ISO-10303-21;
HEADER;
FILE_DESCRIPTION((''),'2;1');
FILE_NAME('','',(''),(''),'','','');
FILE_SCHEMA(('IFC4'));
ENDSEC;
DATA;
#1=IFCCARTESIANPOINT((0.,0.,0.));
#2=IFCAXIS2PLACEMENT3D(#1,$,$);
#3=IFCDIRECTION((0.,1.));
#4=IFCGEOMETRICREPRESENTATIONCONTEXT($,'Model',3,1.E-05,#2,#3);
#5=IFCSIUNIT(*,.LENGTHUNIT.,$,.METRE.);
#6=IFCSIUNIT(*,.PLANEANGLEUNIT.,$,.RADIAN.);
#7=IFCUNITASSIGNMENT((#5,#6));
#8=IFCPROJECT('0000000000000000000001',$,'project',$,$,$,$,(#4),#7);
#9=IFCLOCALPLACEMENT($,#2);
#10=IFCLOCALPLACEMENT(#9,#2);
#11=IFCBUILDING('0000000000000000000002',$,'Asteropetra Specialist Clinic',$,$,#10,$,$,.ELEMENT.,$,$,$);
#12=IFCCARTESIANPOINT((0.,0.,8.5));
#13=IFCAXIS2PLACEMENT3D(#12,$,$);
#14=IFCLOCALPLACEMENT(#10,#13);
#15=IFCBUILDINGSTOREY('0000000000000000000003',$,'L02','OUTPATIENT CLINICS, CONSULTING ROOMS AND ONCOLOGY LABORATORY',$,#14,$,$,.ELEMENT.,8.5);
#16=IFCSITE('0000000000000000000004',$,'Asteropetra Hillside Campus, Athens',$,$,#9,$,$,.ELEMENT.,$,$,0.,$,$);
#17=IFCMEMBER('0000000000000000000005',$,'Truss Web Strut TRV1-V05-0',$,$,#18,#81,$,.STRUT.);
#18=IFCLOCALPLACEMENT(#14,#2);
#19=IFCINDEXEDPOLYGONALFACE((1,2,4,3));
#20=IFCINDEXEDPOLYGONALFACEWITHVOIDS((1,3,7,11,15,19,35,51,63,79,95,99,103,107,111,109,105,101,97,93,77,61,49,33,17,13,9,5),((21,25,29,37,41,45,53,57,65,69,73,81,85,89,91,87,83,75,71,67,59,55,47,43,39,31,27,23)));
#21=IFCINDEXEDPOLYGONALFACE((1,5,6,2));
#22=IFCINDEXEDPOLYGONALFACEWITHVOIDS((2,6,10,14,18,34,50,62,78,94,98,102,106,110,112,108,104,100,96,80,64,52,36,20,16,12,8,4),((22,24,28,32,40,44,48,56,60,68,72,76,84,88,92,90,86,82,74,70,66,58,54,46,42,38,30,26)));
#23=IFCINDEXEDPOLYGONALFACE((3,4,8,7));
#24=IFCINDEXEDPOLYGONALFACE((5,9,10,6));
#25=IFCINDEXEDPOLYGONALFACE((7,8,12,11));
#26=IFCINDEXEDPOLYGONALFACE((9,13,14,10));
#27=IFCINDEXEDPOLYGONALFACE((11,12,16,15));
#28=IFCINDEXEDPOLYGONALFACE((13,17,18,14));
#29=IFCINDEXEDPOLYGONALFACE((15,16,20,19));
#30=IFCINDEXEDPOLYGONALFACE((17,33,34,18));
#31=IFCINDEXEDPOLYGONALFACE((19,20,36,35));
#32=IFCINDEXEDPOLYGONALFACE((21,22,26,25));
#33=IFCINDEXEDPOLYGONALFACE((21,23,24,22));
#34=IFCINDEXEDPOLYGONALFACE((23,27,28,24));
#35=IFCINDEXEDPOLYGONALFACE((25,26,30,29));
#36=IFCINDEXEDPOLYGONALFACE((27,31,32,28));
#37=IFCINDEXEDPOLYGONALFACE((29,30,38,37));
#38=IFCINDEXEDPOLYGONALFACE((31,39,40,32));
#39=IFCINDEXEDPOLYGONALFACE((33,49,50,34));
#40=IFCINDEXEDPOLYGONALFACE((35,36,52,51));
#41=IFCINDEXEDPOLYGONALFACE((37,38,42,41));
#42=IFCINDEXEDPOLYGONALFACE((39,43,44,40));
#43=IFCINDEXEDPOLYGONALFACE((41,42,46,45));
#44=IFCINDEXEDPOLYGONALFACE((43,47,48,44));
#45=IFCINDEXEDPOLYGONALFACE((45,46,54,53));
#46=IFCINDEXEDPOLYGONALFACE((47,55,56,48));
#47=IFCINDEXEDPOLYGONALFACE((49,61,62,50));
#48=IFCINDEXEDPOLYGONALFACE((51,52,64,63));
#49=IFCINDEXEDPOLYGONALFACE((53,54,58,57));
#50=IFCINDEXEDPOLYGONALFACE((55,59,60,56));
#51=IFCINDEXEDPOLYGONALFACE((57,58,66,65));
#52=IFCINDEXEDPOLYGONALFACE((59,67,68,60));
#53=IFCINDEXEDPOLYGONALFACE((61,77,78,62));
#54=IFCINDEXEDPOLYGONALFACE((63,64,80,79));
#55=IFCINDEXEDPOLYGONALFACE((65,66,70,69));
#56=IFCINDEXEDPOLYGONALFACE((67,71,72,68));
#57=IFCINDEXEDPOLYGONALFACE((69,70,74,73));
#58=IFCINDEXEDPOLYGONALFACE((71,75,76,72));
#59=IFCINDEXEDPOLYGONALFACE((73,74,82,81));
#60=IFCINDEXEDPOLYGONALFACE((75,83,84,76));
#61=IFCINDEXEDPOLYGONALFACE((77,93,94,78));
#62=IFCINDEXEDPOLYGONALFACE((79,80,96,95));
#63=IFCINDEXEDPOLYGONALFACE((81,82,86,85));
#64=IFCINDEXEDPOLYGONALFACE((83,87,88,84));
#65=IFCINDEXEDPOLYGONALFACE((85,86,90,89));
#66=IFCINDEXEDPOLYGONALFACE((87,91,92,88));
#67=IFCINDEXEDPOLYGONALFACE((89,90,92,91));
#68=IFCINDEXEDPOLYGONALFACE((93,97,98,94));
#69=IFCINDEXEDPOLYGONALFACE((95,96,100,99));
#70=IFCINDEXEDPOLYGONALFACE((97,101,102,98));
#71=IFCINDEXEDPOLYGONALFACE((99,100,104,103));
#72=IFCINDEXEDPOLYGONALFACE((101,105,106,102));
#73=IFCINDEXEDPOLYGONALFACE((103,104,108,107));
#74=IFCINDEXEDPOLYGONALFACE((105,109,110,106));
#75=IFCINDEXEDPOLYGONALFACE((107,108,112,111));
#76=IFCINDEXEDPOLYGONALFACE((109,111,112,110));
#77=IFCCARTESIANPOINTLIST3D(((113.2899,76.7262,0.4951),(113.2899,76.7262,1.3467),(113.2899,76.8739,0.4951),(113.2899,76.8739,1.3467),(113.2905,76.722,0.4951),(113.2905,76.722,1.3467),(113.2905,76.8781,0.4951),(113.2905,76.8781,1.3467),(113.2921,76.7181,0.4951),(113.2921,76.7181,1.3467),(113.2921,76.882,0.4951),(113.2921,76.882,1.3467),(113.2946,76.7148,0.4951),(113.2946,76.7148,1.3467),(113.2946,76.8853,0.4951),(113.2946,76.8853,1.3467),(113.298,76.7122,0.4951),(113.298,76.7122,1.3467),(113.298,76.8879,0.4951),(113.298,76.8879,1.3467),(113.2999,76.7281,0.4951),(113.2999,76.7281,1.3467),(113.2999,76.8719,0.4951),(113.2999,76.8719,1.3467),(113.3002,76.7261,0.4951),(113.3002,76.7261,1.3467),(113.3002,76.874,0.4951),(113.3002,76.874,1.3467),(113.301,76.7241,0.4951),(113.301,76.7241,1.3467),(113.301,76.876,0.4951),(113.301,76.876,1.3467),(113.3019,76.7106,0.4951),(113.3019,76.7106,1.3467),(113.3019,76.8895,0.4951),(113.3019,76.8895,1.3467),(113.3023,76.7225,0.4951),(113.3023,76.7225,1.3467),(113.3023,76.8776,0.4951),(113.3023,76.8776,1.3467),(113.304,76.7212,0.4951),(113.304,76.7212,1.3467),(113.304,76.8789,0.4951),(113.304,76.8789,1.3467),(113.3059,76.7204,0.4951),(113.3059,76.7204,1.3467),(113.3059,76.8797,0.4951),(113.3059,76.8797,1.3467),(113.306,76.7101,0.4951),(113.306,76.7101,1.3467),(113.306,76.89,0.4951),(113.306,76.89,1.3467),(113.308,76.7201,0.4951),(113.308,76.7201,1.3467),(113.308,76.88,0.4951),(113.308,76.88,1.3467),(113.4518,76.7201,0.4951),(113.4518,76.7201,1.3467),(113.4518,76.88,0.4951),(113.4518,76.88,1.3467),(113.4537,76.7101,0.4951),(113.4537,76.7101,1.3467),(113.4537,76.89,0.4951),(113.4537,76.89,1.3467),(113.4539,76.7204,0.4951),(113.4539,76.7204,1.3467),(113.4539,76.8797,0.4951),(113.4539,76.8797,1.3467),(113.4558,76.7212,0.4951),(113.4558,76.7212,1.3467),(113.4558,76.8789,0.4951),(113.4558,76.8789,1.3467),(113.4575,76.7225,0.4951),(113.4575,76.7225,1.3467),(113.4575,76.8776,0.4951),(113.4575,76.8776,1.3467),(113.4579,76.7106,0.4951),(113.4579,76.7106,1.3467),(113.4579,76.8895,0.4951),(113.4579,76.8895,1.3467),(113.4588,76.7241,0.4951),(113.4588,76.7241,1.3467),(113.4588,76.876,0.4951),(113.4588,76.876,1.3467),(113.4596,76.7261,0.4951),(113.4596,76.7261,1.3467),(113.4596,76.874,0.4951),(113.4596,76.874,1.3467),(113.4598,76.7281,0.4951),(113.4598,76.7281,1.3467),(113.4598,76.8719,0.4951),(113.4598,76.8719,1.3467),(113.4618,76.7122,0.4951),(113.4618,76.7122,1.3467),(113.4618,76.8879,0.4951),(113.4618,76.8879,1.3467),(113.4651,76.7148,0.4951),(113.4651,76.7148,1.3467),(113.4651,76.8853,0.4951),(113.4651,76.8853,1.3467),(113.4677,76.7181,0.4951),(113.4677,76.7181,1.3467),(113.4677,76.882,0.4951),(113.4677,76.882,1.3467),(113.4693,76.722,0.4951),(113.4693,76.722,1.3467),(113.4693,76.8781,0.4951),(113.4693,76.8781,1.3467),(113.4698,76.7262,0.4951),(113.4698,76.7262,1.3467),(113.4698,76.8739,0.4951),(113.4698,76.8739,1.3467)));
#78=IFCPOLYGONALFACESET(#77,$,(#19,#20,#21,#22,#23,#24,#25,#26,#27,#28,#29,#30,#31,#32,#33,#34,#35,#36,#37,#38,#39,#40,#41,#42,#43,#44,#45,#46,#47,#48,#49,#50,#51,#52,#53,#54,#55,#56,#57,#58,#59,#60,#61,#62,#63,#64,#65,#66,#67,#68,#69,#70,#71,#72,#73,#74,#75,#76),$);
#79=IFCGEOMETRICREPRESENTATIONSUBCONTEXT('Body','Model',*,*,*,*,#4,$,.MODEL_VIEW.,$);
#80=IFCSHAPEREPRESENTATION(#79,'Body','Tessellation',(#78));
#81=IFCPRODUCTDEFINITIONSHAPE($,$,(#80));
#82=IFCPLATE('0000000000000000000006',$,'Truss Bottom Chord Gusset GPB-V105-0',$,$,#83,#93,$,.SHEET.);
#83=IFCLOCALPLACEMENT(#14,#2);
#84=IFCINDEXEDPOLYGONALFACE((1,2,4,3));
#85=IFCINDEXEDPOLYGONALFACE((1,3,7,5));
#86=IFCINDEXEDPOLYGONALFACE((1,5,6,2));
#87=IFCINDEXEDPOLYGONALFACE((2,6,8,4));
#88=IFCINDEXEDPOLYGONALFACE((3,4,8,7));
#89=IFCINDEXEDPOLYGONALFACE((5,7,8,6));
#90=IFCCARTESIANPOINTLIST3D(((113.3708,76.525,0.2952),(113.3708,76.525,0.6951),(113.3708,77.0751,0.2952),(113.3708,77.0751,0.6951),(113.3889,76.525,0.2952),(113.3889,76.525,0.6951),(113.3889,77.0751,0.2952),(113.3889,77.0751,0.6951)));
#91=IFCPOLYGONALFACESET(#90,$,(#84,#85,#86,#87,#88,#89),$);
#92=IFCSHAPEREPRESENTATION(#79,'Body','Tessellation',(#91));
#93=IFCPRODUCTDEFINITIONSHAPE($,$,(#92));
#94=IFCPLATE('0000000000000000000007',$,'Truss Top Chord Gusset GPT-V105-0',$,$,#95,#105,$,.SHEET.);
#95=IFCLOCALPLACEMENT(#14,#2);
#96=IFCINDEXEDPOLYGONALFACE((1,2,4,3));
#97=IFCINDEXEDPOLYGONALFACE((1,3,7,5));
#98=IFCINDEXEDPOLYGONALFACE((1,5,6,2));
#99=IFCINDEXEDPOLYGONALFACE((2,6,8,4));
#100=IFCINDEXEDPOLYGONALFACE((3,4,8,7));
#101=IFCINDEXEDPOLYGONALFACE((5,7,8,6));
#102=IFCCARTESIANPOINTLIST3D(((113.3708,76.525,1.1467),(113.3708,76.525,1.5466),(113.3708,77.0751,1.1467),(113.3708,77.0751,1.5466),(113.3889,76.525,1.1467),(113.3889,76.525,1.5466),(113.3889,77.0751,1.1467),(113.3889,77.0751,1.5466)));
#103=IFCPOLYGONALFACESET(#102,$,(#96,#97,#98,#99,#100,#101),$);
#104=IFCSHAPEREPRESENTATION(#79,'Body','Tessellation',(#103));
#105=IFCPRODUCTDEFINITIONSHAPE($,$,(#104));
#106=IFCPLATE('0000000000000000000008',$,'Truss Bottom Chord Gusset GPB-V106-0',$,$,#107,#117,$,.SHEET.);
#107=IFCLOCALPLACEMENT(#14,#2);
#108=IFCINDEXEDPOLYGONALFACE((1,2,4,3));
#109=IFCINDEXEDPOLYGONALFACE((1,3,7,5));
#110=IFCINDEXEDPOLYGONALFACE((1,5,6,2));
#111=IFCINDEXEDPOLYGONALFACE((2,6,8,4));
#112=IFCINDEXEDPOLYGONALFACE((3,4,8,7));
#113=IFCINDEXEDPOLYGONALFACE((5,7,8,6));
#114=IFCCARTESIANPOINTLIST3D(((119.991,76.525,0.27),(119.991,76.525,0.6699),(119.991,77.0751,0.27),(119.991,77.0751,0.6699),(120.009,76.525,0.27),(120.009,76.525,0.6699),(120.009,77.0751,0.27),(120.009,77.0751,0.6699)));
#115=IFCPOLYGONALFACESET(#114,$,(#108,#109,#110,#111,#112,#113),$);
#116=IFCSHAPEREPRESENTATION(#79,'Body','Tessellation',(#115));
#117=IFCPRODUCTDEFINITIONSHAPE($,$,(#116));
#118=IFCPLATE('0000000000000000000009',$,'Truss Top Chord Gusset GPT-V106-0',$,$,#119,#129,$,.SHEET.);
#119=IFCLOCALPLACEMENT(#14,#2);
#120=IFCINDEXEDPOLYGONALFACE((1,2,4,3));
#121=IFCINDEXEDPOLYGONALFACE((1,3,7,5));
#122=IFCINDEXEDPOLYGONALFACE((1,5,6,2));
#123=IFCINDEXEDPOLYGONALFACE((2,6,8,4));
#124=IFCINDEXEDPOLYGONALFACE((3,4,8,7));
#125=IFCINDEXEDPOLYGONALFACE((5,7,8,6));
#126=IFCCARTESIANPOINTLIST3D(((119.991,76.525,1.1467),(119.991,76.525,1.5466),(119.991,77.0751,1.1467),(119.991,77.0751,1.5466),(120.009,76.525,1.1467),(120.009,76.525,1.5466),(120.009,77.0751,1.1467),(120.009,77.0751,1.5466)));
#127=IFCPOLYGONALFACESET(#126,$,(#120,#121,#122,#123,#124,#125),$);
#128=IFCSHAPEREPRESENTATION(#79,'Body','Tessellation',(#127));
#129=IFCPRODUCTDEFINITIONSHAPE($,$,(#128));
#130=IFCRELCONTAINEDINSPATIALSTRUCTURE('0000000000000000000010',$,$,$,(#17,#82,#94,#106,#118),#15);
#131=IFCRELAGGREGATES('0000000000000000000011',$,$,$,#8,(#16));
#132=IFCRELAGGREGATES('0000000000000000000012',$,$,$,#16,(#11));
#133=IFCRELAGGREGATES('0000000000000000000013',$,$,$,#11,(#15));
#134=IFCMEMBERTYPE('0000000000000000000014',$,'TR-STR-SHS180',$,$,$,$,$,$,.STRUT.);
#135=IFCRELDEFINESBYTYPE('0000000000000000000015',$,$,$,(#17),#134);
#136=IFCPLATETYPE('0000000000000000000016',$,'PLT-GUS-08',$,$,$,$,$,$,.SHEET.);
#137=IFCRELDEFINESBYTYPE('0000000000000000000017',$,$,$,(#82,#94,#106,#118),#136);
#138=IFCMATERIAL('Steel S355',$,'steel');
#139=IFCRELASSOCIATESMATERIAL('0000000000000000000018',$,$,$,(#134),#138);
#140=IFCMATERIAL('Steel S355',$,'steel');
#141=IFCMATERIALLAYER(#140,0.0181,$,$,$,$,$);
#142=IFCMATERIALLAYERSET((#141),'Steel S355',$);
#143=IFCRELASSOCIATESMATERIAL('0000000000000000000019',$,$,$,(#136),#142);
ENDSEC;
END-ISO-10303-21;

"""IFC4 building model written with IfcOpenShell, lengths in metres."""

from ifc_helpers import new_model, si_unit, direction, frame, origin, origin_2d, place, context, subcontext, project, spatial, rectangle, hollow_rectangle, extrude, material, layer, layer_set, material_profile, profile_set, type_object, element, save


model = new_model("IFC4")

# Units and contexts
model_context = context("Model", 3, precision=1e-05, world=origin(), true_north=direction((0.0, 1.0)))
body_context = subcontext(model_context, "Body", "Model", "MODEL_VIEW")
ifc_project = project(units=[si_unit("LENGTHUNIT", "METRE"), si_unit("PLANEANGLEUNIT", "RADIAN")], contexts=[model_context])

# Site, building, storey
site_placement = place(None, origin())
site = spatial("IfcSite", under=ifc_project, at=site_placement, Name="Asteropetra Hillside Campus, Athens", CompositionType="ELEMENT", RefElevation=0.0)
building_placement = place(site_placement, origin())
building = spatial("IfcBuilding", under=site, at=building_placement, Name="Asteropetra Specialist Clinic", CompositionType="ELEMENT")
storey_placement = place(building_placement, frame((0.0, 0.0, 8.5)))
storey = spatial("IfcBuildingStorey", under=building, at=storey_placement, Name="L02", Description="OUTPATIENT CLINICS, CONSULTING ROOMS AND ONCOLOGY LABORATORY", CompositionType="ELEMENT", Elevation=8.5)

# Member
ifc_material_1 = material(Name="Steel S355", Category="steel")
ifc_material_profile_1 = material_profile(ifc_material_1, hollow_rectangle(XDim=0.1799, YDim=0.1799, WallThickness=0.01, InnerFilletRadius=0.0081, OuterFilletRadius=0.0161, at=origin_2d()), Name="SHS 180x180x10.0")
ifc_profile_set_1 = profile_set([ifc_material_profile_1], Name="Steel S355")
member_type_1 = type_object("IfcMemberType", Name="TR-STR-SHS180", PredefinedType="STRUT", material=ifc_profile_set_1)
member_1_placement = place(storey_placement, frame((113.3799, 76.8, 0.4951), z_axis=(0.0, 0.0, 1.0), x_axis=(1.0, 0.0, 0.0)))
element("IfcMember", 1, at=member_1_placement, inside=storey, type_object=member_type_1, Name="Truss Web Strut TRV1-V05-0", PredefinedType="STRUT", context=body_context, shape_type="SweptSolid", body=[
    extrude(hollow_rectangle(XDim=0.1799, YDim=0.1799, WallThickness=0.01, InnerFilletRadius=0.0081, OuterFilletRadius=0.0161, at=origin_2d()), origin(), (0.0, 0.0, 1.0), 0.8516),
])

# Plates
ifc_material_2 = material(Name="Steel S355", Category="steel")
ifc_layer = layer(ifc_material_2, 0.0181)
ifc_layer_set = layer_set([ifc_layer], Name="Steel S355")
plate_type = type_object("IfcPlateType", Name="PLT-GUS-08", PredefinedType="SHEET", material=ifc_layer_set)
for number, where, z_axis, x_axis, name in (
    (2, (113.3799, 76.8, 0.2952), (0.0, 0.0, 1.0), (1.0, 0.0, 0.0), "Truss Bottom Chord Gusset GPB-V105-0"),
    (3, (113.3799, 76.8, 1.1467), (0.0, 0.0, 1.0), (1.0, 0.0, 0.0), "Truss Top Chord Gusset GPT-V105-0"),
    (4, (120.0, 76.8, 0.27), (0.0, 0.0, 1.0), (1.0, 0.0, 0.0), "Truss Bottom Chord Gusset GPB-V106-0"),
    (5, (120.0, 76.8, 1.1467), (0.0, 0.0, 1.0), (1.0, 0.0, 0.0), "Truss Top Chord Gusset GPT-V106-0"),
):
    element("IfcPlate", number, at=place(storey_placement, frame(where, z_axis=z_axis, x_axis=x_axis)), inside=storey, type_object=plate_type, Name=name, PredefinedType="SHEET", context=body_context, shape_type="SweptSolid", body=[
        extrude(rectangle(XDim=0.0181, YDim=0.55, at=origin_2d()), origin(), (0.0, 0.0, 1.0), 0.3999),
    ])

save(model, "model.ifc")
